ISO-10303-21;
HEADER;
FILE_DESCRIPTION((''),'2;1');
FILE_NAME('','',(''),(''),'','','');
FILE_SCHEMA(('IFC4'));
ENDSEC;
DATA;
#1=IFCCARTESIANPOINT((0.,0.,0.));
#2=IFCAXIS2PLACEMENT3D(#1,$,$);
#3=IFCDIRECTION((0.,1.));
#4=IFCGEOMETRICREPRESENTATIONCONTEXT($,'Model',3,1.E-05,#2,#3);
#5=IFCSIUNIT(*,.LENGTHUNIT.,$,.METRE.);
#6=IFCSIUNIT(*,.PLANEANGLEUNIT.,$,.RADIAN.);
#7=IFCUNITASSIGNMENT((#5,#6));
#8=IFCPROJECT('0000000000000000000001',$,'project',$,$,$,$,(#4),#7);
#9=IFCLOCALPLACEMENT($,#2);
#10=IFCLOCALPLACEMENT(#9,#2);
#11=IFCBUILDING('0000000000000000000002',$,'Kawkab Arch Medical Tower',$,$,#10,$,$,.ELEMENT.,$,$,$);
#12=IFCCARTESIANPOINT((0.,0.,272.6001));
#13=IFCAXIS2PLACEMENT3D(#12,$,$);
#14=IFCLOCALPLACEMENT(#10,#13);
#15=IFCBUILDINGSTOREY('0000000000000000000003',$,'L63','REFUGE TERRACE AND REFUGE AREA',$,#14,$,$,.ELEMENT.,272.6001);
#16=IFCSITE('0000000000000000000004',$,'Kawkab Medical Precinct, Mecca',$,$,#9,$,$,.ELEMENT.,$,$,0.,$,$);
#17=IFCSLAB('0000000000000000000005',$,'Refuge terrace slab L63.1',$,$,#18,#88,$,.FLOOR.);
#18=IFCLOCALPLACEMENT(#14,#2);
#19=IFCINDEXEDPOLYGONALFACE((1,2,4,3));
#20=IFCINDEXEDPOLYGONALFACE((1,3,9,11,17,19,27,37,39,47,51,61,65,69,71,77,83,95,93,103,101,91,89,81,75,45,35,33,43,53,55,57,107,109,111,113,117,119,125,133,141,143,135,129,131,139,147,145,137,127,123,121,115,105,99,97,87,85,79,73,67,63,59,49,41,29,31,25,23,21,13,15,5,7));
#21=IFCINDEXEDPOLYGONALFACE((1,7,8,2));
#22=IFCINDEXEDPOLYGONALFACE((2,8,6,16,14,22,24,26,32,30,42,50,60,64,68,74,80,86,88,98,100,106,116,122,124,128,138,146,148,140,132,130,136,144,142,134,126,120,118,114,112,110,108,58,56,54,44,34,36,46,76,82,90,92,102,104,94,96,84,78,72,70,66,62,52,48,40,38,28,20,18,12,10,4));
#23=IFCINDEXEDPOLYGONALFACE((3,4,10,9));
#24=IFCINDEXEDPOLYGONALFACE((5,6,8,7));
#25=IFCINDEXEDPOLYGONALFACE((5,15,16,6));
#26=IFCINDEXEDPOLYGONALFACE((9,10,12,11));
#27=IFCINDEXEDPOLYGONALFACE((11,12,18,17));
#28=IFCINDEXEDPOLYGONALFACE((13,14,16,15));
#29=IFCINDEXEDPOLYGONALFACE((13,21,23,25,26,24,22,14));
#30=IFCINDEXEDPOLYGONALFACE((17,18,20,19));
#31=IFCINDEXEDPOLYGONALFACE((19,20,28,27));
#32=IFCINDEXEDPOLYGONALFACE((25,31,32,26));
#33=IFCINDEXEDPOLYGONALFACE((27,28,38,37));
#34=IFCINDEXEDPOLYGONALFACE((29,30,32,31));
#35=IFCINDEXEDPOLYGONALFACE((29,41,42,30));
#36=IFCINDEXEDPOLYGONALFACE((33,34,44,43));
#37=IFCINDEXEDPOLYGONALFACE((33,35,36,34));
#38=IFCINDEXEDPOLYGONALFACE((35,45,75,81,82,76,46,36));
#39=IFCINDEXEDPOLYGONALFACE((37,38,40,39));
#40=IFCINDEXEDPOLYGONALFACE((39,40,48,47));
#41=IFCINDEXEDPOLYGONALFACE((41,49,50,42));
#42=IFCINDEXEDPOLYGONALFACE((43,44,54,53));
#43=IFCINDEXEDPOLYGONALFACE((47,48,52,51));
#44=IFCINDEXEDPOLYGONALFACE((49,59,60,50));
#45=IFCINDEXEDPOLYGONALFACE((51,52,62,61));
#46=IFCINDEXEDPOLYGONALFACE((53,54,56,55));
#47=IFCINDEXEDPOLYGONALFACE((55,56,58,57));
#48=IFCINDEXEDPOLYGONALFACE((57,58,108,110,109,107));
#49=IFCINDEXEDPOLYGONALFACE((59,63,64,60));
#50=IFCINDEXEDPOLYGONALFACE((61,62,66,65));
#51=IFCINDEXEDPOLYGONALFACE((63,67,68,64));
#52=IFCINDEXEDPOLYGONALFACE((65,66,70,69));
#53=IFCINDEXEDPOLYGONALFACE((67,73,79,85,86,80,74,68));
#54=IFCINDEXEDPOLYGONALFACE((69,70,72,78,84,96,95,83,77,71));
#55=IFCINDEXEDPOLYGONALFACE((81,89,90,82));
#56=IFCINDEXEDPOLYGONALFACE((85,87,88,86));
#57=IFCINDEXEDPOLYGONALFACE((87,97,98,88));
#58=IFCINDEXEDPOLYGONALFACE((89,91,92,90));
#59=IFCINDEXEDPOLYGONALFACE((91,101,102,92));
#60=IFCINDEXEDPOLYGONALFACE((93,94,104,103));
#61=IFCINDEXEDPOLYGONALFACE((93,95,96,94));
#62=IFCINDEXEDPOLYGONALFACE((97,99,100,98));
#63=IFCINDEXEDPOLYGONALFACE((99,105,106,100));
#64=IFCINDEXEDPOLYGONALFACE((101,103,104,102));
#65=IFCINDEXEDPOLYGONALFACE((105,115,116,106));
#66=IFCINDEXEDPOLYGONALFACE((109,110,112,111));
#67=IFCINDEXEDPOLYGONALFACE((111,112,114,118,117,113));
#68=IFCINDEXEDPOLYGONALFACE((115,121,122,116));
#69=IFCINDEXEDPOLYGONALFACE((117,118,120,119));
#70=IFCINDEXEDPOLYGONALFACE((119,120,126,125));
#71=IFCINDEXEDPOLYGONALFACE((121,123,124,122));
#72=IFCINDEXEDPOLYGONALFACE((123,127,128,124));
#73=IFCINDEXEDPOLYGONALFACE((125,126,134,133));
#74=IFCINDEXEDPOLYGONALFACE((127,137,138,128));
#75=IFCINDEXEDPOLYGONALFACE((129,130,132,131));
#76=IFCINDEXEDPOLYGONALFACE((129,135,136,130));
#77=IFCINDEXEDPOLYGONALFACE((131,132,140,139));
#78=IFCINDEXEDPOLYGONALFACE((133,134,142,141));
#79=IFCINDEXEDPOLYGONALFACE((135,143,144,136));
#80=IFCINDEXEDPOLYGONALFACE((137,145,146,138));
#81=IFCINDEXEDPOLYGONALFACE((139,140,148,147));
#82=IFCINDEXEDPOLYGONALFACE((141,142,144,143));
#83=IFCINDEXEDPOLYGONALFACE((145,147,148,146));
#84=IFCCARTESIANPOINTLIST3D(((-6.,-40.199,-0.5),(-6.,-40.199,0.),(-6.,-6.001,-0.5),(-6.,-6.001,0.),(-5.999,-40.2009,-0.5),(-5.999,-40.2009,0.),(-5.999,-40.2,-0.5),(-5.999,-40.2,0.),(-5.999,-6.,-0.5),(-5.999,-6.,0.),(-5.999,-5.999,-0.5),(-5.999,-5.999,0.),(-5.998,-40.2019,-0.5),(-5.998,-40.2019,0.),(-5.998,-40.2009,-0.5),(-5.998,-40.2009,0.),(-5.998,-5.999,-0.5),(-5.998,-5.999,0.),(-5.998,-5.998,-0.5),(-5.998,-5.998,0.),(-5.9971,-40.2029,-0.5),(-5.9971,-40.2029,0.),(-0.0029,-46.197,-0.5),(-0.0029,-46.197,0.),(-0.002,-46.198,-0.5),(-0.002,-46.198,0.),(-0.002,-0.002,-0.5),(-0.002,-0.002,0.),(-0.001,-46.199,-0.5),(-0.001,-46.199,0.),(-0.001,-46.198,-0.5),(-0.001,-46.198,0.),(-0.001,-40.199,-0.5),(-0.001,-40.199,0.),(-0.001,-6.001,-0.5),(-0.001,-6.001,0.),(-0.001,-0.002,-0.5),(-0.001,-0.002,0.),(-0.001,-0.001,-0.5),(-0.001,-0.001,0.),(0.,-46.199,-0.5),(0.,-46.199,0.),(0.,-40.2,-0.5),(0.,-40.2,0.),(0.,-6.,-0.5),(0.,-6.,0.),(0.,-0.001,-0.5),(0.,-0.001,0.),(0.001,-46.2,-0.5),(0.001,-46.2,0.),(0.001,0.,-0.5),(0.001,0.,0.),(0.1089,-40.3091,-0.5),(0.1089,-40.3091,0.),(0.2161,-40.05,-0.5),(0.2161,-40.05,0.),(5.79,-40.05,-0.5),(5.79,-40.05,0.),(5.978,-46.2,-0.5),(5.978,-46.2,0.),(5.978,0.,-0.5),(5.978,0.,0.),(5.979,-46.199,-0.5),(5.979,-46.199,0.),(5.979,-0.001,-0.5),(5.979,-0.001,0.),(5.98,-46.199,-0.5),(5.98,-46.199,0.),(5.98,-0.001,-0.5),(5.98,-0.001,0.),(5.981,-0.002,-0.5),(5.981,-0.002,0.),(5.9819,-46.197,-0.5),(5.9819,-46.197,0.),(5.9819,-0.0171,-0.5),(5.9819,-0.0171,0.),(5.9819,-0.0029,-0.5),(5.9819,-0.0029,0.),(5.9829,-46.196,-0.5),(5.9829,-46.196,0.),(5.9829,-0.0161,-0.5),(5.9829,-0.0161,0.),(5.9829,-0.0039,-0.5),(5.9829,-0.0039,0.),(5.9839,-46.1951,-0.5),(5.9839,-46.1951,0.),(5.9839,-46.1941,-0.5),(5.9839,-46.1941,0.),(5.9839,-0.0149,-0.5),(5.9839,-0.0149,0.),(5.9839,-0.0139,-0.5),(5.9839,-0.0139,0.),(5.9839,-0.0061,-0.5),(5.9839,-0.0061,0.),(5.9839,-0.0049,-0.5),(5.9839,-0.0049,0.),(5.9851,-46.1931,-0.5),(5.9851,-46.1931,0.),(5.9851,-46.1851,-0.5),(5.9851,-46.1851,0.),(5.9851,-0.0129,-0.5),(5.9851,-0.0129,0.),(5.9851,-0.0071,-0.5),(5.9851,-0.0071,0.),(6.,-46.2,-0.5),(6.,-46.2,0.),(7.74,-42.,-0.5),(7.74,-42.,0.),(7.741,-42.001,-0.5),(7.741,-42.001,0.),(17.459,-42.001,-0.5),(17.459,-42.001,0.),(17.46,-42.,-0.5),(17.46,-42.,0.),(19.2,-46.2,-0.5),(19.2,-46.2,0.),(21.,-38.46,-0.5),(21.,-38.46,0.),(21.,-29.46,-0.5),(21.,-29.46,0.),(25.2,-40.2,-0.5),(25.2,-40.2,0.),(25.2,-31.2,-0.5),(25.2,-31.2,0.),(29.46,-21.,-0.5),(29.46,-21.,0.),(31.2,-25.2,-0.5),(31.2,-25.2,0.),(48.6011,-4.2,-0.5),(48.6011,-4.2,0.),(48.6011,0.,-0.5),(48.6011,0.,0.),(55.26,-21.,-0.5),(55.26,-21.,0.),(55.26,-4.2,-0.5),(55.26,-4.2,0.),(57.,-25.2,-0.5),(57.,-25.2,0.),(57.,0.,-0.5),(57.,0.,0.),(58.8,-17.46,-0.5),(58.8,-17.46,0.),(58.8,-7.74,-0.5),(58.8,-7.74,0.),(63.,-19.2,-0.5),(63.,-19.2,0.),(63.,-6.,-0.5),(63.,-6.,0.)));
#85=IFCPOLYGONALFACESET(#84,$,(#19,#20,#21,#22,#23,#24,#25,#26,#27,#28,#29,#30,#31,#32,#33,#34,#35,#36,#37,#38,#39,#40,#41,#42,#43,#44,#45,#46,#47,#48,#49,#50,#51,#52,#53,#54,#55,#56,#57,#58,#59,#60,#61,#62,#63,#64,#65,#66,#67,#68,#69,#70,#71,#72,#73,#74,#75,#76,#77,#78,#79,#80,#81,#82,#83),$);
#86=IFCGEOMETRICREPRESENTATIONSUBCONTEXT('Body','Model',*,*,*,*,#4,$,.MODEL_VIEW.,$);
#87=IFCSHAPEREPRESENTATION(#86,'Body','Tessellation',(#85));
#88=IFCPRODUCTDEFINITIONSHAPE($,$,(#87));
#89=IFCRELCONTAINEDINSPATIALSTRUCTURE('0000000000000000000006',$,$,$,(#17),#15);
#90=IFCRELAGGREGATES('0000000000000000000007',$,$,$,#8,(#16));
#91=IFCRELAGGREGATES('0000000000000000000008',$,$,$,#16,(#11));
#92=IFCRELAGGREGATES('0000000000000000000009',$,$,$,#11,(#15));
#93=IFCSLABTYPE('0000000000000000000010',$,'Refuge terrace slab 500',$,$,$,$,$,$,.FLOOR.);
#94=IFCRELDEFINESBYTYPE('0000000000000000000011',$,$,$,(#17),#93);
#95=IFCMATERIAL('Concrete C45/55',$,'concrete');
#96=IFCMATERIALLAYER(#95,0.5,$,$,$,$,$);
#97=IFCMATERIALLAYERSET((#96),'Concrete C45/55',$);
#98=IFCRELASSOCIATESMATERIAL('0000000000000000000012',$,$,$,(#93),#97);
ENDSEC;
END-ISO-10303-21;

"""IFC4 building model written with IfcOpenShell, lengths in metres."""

from ifc_helpers import new_model, si_unit, direction, frame, origin, place, context, subcontext, project, spatial, polyline, outline, extrude, material, layer, layer_set, type_object, element, save


model = new_model("IFC4")

# Units and contexts
model_context = context("Model", 3, precision=1e-05, world=origin(), true_north=direction((0.0, 1.0)))
body_context = subcontext(model_context, "Body", "Model", "MODEL_VIEW")
ifc_project = project(units=[si_unit("LENGTHUNIT", "METRE"), si_unit("PLANEANGLEUNIT", "RADIAN")], contexts=[model_context])

# Site, building, storey
site_placement = place(None, origin())
site = spatial("IfcSite", under=ifc_project, at=site_placement, Name="Kawkab Medical Precinct, Mecca", CompositionType="ELEMENT", RefElevation=0.0)
building_placement = place(site_placement, origin())
building = spatial("IfcBuilding", under=site, at=building_placement, Name="Kawkab Arch Medical Tower", CompositionType="ELEMENT")
storey_placement = place(building_placement, frame((0.0, 0.0, 272.6001)))
storey = spatial("IfcBuildingStorey", under=building, at=storey_placement, Name="L63", Description="REFUGE TERRACE AND REFUGE AREA", CompositionType="ELEMENT", Elevation=272.6001)

# Slab
ifc_material_1 = material(Name="Concrete C45/55", Category="concrete")
ifc_layer_1 = layer(ifc_material_1, 0.5)
ifc_layer_set_1 = layer_set([ifc_layer_1], Name="Concrete C45/55")
slab_type_1 = type_object("IfcSlabType", Name="Refuge terrace slab 500", PredefinedType="FLOOR", material=ifc_layer_set_1)
placement_1 = place(storey_placement, frame((0.0, 0.0, -0.5)))
element("IfcSlab", 1, at=placement_1, inside=storey, type_object=slab_type_1, Name="Refuge terrace slab L63.1", PredefinedType="FLOOR", context=body_context, shape_type="SweptSolid", body=[
    extrude(outline(polyline([(-6.0, -40.199), (-6.0, -40.199), (-6.0, -6.001), (-6.0, -6.001), (-6.0, -6.001), (-5.999, -6.0), (-5.999, -5.999), (-5.998, -5.999), (-5.998, -5.998), (-5.998, -5.998), (-0.002, -0.002), (-0.002, -0.002), (-0.001, -0.002), (-0.001, -0.001), (0.0, -0.001), (0.001, 0.0), (0.001, 0.0), (0.001, 0.0), (5.978, 0.0), (5.978, 0.0), (5.978, 0.0), (5.979, -0.001), (5.98, -0.001), (5.98, -0.001), (5.981, -0.002), (5.9819, -0.0029), (5.9829, -0.0039), (5.9839, -0.0049), (5.9839, -0.0049), (5.9839, -0.0061), (5.9851, -0.0071), (5.9851, -0.0071), (5.9851, -0.0071), (5.9851, -0.0129), (5.9851, -0.0129), (5.9851, -0.0129), (5.9839, -0.0139), (5.9839, -0.0149), (5.9839, -0.0149), (5.9829, -0.0161), (5.9819, -0.0171), (0.0, -6.0), (-0.001, -6.001), (-0.001, -40.199), (0.0, -40.2), (0.1089, -40.3091), (0.2161, -40.05), (0.2161, -40.05), (0.2161, -40.05), (5.79, -40.05), (5.79, -40.05), (5.79, -40.05), (7.74, -42.0), (7.741, -42.001), (17.459, -42.001), (17.46, -42.0), (21.0, -38.46), (21.0, -29.46), (21.0, -29.46), (21.0, -29.46), (29.46, -21.0), (29.46, -21.0), (29.46, -21.0), (55.26, -21.0), (58.8, -17.46), (58.8, -7.74), (55.26, -4.2), (48.6011, -4.2), (48.6011, -4.2), (48.6011, -4.2), (48.6011, 0.0), (48.6011, 0.0), (48.6011, 0.0), (57.0, 0.0), (57.0, 0.0), (57.0, 0.0), (63.0, -6.0), (63.0, -6.0), (63.0, -6.0), (63.0, -19.2), (63.0, -19.2), (63.0, -19.2), (57.0, -25.2), (57.0, -25.2), (57.0, -25.2), (31.2, -25.2), (25.2, -31.2), (25.2, -40.2), (25.2, -40.2), (25.2, -40.2), (19.2, -46.2), (19.2, -46.2), (19.2, -46.2), (6.0, -46.2), (6.0, -46.2), (6.0, -46.2), (5.9851, -46.1851), (5.9851, -46.1931), (5.9851, -46.1931), (5.9851, -46.1931), (5.9839, -46.1941), (5.9839, -46.1951), (5.9839, -46.1951), (5.9829, -46.196), (5.9819, -46.197), (5.98, -46.199), (5.98, -46.199), (5.979, -46.199), (5.978, -46.2), (5.978, -46.2), (5.978, -46.2), (0.001, -46.2), (0.001, -46.2), (0.001, -46.2), (0.0, -46.199), (-0.001, -46.199), (-0.001, -46.198), (-0.002, -46.198), (-0.002, -46.198), (-0.0029, -46.197), (-5.9971, -40.2029), (-5.998, -40.2019), (-5.998, -40.2019), (-5.998, -40.2009), (-5.999, -40.2009), (-5.999, -40.2), (-6.0, -40.199), (-6.0, -40.199)])), origin(), (0.0, 0.0, 1.0), 0.5),
])

save(model, "model.ifc")
